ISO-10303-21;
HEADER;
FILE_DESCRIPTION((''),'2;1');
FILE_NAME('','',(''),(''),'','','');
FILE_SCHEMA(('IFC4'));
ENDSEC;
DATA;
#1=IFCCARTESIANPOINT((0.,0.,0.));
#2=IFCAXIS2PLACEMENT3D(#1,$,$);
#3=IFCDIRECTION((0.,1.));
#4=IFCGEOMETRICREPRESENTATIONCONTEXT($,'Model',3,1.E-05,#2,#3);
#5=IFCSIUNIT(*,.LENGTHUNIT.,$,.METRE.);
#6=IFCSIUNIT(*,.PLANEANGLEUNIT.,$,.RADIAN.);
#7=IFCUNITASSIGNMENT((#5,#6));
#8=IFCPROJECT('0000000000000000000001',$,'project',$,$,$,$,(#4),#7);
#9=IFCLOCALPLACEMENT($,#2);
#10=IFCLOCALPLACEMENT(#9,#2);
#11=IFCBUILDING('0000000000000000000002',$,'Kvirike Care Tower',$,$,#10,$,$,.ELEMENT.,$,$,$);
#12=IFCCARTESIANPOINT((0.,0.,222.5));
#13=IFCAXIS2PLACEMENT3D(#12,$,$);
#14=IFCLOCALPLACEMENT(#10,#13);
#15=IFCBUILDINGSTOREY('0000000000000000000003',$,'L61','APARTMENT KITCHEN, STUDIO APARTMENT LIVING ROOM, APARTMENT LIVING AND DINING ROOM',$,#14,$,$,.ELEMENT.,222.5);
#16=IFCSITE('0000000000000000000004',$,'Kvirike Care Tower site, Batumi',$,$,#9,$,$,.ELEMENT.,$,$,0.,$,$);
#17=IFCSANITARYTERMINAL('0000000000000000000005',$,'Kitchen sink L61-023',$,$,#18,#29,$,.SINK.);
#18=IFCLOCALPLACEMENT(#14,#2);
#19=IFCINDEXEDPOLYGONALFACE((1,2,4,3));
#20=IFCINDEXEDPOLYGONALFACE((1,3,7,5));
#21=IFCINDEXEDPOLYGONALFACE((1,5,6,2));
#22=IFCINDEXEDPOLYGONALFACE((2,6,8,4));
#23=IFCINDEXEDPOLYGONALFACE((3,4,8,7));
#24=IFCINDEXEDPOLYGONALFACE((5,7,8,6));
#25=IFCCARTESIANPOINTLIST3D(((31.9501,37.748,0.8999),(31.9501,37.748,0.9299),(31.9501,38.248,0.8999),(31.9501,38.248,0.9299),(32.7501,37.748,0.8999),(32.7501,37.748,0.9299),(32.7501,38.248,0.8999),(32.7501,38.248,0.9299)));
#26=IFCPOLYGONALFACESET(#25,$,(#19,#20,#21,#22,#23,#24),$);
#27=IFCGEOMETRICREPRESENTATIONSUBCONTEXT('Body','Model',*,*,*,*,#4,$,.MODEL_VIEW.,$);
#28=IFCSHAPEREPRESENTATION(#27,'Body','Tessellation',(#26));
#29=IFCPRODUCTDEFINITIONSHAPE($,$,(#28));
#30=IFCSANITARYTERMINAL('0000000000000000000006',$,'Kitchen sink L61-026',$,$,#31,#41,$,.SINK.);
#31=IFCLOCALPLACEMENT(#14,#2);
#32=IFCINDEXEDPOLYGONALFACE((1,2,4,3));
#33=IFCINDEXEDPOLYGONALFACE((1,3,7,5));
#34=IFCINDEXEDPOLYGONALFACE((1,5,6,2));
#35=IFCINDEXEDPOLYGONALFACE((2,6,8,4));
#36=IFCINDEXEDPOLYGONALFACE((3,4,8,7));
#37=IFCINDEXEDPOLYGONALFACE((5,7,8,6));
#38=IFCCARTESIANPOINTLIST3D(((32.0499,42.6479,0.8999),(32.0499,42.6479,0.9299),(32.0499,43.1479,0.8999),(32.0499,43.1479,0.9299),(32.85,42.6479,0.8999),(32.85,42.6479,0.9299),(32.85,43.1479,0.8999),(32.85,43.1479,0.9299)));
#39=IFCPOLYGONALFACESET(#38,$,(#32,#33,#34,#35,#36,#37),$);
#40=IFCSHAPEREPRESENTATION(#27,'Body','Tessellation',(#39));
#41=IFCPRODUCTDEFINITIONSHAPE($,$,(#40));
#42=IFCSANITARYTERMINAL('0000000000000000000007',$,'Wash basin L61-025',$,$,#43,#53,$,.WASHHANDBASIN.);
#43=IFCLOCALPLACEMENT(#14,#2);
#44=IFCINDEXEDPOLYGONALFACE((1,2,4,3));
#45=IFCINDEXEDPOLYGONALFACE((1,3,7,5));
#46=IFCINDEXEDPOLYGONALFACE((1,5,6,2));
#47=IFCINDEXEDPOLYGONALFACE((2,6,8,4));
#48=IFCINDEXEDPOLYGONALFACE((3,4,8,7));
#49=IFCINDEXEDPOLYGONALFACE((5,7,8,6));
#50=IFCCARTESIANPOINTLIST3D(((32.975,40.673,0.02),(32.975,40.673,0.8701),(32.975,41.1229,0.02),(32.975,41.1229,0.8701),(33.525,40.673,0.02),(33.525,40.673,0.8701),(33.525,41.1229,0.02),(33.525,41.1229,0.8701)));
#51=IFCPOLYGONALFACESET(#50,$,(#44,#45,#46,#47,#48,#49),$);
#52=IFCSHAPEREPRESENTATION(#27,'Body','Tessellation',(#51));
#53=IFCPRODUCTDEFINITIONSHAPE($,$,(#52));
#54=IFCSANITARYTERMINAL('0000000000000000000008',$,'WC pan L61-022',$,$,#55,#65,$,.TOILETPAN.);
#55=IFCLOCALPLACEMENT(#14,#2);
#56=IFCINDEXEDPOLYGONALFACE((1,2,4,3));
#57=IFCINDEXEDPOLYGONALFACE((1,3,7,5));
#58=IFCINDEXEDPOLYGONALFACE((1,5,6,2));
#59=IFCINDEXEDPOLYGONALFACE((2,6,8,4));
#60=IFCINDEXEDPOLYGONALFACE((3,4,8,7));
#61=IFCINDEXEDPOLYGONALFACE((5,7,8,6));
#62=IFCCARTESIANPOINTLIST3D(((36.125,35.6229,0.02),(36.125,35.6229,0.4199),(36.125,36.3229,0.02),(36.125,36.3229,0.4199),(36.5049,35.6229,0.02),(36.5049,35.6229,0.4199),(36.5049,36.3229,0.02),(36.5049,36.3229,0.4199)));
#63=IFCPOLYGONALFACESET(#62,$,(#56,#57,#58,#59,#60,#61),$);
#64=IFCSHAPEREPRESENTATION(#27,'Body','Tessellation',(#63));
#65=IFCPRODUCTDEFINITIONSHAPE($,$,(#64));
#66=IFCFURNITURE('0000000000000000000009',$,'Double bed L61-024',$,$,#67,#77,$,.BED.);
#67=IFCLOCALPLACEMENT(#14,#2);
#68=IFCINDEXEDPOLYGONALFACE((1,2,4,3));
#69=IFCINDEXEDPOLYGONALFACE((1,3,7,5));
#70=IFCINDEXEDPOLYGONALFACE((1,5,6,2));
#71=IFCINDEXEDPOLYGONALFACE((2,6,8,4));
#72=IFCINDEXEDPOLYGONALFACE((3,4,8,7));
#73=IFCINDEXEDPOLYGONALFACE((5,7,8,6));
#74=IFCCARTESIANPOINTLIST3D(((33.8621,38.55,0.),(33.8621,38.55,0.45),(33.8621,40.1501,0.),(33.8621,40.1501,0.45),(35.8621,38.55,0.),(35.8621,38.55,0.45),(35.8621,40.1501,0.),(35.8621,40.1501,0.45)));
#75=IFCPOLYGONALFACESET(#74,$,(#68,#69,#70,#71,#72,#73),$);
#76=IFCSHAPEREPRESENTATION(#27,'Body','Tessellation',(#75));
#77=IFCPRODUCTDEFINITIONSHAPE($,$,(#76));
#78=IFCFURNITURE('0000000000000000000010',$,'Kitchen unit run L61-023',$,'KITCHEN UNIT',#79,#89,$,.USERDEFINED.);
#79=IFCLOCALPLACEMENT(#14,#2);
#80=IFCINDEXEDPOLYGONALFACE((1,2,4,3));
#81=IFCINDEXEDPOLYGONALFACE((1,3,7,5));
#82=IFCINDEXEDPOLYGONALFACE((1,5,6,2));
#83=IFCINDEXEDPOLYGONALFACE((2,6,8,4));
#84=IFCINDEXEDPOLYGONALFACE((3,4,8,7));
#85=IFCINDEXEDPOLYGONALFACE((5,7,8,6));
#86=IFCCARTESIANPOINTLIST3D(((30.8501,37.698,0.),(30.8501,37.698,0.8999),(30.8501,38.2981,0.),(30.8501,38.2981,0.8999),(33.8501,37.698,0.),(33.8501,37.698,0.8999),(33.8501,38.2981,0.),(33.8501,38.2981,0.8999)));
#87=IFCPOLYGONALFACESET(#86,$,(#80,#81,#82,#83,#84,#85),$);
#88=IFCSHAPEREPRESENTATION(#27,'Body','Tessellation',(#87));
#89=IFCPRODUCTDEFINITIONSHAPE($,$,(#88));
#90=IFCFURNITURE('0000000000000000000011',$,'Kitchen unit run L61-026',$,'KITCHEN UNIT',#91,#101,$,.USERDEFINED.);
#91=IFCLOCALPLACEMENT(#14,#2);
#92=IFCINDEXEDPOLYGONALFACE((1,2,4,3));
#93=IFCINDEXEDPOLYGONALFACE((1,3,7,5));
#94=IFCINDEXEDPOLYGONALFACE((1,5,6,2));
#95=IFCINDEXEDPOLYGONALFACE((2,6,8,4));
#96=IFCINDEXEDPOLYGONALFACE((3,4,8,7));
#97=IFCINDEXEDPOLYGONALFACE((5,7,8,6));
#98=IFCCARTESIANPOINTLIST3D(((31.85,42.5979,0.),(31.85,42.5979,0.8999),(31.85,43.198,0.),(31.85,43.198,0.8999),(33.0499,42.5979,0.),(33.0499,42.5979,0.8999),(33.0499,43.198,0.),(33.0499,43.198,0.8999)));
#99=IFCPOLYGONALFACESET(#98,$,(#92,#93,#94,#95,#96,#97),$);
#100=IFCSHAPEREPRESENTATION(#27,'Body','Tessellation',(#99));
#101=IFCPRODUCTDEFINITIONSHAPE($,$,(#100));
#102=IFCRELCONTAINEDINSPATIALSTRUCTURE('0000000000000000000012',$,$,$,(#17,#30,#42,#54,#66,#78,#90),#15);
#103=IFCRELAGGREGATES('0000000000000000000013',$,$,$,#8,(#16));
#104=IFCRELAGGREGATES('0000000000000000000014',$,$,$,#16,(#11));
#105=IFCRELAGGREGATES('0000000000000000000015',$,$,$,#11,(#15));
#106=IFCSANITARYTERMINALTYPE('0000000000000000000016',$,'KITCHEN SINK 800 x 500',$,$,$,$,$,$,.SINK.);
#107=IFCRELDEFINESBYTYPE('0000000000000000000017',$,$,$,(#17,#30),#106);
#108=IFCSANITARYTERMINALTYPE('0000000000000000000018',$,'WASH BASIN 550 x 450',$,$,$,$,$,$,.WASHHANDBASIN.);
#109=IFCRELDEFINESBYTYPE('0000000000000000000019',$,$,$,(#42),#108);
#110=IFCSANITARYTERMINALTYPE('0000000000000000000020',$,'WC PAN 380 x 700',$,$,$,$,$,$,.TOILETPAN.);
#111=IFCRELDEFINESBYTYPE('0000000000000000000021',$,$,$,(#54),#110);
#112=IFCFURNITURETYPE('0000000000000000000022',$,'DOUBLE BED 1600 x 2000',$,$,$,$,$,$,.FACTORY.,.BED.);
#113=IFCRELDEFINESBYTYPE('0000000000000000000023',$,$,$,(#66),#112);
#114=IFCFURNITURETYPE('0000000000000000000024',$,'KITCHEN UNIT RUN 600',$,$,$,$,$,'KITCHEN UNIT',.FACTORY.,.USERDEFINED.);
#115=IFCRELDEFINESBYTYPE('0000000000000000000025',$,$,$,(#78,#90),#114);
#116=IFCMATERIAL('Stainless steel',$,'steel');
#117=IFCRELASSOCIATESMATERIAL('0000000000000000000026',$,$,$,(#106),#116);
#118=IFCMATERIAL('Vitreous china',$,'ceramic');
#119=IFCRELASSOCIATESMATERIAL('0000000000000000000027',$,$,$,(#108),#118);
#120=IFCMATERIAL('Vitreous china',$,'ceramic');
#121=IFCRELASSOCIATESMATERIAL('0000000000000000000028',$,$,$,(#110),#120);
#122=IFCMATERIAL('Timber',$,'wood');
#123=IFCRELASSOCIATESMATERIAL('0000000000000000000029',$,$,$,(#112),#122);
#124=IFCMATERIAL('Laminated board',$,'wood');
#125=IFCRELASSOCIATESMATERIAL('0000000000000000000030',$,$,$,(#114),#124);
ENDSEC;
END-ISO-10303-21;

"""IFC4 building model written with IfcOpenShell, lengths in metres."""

from ifc_helpers import new_model, si_unit, direction, frame, origin, origin_2d, place, context, subcontext, project, spatial, rectangle, extrude, material, type_object, element, save


model = new_model("IFC4")

# Units and contexts
model_context = context("Model", 3, precision=1e-05, world=origin(), true_north=direction((0.0, 1.0)))
body_context = subcontext(model_context, "Body", "Model", "MODEL_VIEW")
ifc_project = project(units=[si_unit("LENGTHUNIT", "METRE"), si_unit("PLANEANGLEUNIT", "RADIAN")], contexts=[model_context])

# Site, building, storey
site_placement = place(None, origin())
site = spatial("IfcSite", under=ifc_project, at=site_placement, Name="Kvirike Care Tower site, Batumi", CompositionType="ELEMENT", RefElevation=0.0)
building_placement = place(site_placement, origin())
building = spatial("IfcBuilding", under=site, at=building_placement, Name="Kvirike Care Tower", CompositionType="ELEMENT")
storey_placement = place(building_placement, frame((0.0, 0.0, 222.5)))
storey = spatial("IfcBuildingStorey", under=building, at=storey_placement, Name="L61", Description="APARTMENT KITCHEN, STUDIO APARTMENT LIVING ROOM, APARTMENT LIVING AND DINING ROOM", CompositionType="ELEMENT", Elevation=222.5)

# Sanitary terminals
ifc_material_1 = material(Name="Stainless steel", Category="steel")
sanitary_terminal_type_1 = type_object("IfcSanitaryTerminalType", Name="KITCHEN SINK 800 x 500", PredefinedType="SINK", material=ifc_material_1)
for number, where, z_axis, x_axis, name in (
    (1, (32.3501, 37.998, 0.8999), (0.0, 0.0, 1.0), (1.0, 0.0, 0.0), "Kitchen sink L61-023"),
    (2, (32.45, 42.8979, 0.8999), (0.0, 0.0, 1.0), (1.0, 0.0, 0.0), "Kitchen sink L61-026"),
):
    element("IfcSanitaryTerminal", number, at=place(storey_placement, frame(where, z_axis=z_axis, x_axis=x_axis)), inside=storey, type_object=sanitary_terminal_type_1, Name=name, PredefinedType="SINK", context=body_context, shape_type="SweptSolid", body=[
        extrude(rectangle(XDim=0.8, YDim=0.5, at=origin_2d()), origin(), (0.0, 0.0, 1.0), 0.03),
    ])
ifc_material_2 = material(Name="Vitreous china", Category="ceramic")
sanitary_terminal_type_2 = type_object("IfcSanitaryTerminalType", Name="WASH BASIN 550 x 450", PredefinedType="WASHHANDBASIN", material=ifc_material_2)
sanitary_terminal_1_placement = place(storey_placement, frame((33.25, 40.8979, 0.02), z_axis=(0.0, 0.0, 1.0), x_axis=(1.0, 0.0, 0.0)))
element("IfcSanitaryTerminal", 3, at=sanitary_terminal_1_placement, inside=storey, type_object=sanitary_terminal_type_2, Name="Wash basin L61-025", PredefinedType="WASHHANDBASIN", context=body_context, shape_type="SweptSolid", body=[
    extrude(rectangle(XDim=0.55, YDim=0.45, at=origin_2d()), origin(), (0.0, 0.0, 1.0), 0.8501),
])
ifc_material_3 = material(Name="Vitreous china", Category="ceramic")
sanitary_terminal_type_3 = type_object("IfcSanitaryTerminalType", Name="WC PAN 380 x 700", PredefinedType="TOILETPAN", material=ifc_material_3)
sanitary_terminal_2_placement = place(storey_placement, frame((36.3149, 35.9729, 0.02), z_axis=(0.0, 0.0, 1.0), x_axis=(1.0, 0.0, 0.0)))
element("IfcSanitaryTerminal", 4, at=sanitary_terminal_2_placement, inside=storey, type_object=sanitary_terminal_type_3, Name="WC pan L61-022", PredefinedType="TOILETPAN", context=body_context, shape_type="SweptSolid", body=[
    extrude(rectangle(XDim=0.3799, YDim=0.7, at=origin_2d()), origin(), (0.0, 0.0, 1.0), 0.3999),
])

# Furniture
ifc_material_4 = material(Name="Timber", Category="wood")
furniture_type_1 = type_object("IfcFurnitureType", Name="DOUBLE BED 1600 x 2000", AssemblyPlace="FACTORY", PredefinedType="BED", material=ifc_material_4)
furniture_1_placement = place(storey_placement, frame((34.8621, 39.3501, 0.0), z_axis=(0.0, 0.0, 1.0), x_axis=(0.0, 1.0, 0.0)))
element("IfcFurniture", 5, at=furniture_1_placement, inside=storey, type_object=furniture_type_1, Name="Double bed L61-024", PredefinedType="BED", context=body_context, shape_type="SweptSolid", body=[
    extrude(rectangle(XDim=1.6001, YDim=2.0, at=origin_2d()), origin(), (0.0, 0.0, 1.0), 0.45),
])
ifc_material_5 = material(Name="Laminated board", Category="wood")
furniture_type_2 = type_object("IfcFurnitureType", Name="KITCHEN UNIT RUN 600", ElementType="KITCHEN UNIT", AssemblyPlace="FACTORY", PredefinedType="USERDEFINED", material=ifc_material_5)
furniture_2_placement = place(storey_placement, frame((32.3501, 37.998, 0.0), z_axis=(0.0, 0.0, 1.0), x_axis=(1.0, 0.0, 0.0)))
element("IfcFurniture", 6, at=furniture_2_placement, inside=storey, type_object=furniture_type_2, Name="Kitchen unit run L61-023", ObjectType="KITCHEN UNIT", PredefinedType="USERDEFINED", context=body_context, shape_type="SweptSolid", body=[
    extrude(rectangle(XDim=3.0, YDim=0.6001, at=origin_2d()), origin(), (0.0, 0.0, 1.0), 0.8999),
])
furniture_3_placement = place(storey_placement, frame((32.45, 42.8979, 0.0), z_axis=(0.0, 0.0, 1.0), x_axis=(1.0, 0.0, 0.0)))
element("IfcFurniture", 7, at=furniture_3_placement, inside=storey, type_object=furniture_type_2, Name="Kitchen unit run L61-026", ObjectType="KITCHEN UNIT", PredefinedType="USERDEFINED", context=body_context, shape_type="SweptSolid", body=[
    extrude(rectangle(XDim=1.2, YDim=0.6001, at=origin_2d()), origin(), (0.0, 0.0, 1.0), 0.8999),
])

save(model, "model.ifc")
